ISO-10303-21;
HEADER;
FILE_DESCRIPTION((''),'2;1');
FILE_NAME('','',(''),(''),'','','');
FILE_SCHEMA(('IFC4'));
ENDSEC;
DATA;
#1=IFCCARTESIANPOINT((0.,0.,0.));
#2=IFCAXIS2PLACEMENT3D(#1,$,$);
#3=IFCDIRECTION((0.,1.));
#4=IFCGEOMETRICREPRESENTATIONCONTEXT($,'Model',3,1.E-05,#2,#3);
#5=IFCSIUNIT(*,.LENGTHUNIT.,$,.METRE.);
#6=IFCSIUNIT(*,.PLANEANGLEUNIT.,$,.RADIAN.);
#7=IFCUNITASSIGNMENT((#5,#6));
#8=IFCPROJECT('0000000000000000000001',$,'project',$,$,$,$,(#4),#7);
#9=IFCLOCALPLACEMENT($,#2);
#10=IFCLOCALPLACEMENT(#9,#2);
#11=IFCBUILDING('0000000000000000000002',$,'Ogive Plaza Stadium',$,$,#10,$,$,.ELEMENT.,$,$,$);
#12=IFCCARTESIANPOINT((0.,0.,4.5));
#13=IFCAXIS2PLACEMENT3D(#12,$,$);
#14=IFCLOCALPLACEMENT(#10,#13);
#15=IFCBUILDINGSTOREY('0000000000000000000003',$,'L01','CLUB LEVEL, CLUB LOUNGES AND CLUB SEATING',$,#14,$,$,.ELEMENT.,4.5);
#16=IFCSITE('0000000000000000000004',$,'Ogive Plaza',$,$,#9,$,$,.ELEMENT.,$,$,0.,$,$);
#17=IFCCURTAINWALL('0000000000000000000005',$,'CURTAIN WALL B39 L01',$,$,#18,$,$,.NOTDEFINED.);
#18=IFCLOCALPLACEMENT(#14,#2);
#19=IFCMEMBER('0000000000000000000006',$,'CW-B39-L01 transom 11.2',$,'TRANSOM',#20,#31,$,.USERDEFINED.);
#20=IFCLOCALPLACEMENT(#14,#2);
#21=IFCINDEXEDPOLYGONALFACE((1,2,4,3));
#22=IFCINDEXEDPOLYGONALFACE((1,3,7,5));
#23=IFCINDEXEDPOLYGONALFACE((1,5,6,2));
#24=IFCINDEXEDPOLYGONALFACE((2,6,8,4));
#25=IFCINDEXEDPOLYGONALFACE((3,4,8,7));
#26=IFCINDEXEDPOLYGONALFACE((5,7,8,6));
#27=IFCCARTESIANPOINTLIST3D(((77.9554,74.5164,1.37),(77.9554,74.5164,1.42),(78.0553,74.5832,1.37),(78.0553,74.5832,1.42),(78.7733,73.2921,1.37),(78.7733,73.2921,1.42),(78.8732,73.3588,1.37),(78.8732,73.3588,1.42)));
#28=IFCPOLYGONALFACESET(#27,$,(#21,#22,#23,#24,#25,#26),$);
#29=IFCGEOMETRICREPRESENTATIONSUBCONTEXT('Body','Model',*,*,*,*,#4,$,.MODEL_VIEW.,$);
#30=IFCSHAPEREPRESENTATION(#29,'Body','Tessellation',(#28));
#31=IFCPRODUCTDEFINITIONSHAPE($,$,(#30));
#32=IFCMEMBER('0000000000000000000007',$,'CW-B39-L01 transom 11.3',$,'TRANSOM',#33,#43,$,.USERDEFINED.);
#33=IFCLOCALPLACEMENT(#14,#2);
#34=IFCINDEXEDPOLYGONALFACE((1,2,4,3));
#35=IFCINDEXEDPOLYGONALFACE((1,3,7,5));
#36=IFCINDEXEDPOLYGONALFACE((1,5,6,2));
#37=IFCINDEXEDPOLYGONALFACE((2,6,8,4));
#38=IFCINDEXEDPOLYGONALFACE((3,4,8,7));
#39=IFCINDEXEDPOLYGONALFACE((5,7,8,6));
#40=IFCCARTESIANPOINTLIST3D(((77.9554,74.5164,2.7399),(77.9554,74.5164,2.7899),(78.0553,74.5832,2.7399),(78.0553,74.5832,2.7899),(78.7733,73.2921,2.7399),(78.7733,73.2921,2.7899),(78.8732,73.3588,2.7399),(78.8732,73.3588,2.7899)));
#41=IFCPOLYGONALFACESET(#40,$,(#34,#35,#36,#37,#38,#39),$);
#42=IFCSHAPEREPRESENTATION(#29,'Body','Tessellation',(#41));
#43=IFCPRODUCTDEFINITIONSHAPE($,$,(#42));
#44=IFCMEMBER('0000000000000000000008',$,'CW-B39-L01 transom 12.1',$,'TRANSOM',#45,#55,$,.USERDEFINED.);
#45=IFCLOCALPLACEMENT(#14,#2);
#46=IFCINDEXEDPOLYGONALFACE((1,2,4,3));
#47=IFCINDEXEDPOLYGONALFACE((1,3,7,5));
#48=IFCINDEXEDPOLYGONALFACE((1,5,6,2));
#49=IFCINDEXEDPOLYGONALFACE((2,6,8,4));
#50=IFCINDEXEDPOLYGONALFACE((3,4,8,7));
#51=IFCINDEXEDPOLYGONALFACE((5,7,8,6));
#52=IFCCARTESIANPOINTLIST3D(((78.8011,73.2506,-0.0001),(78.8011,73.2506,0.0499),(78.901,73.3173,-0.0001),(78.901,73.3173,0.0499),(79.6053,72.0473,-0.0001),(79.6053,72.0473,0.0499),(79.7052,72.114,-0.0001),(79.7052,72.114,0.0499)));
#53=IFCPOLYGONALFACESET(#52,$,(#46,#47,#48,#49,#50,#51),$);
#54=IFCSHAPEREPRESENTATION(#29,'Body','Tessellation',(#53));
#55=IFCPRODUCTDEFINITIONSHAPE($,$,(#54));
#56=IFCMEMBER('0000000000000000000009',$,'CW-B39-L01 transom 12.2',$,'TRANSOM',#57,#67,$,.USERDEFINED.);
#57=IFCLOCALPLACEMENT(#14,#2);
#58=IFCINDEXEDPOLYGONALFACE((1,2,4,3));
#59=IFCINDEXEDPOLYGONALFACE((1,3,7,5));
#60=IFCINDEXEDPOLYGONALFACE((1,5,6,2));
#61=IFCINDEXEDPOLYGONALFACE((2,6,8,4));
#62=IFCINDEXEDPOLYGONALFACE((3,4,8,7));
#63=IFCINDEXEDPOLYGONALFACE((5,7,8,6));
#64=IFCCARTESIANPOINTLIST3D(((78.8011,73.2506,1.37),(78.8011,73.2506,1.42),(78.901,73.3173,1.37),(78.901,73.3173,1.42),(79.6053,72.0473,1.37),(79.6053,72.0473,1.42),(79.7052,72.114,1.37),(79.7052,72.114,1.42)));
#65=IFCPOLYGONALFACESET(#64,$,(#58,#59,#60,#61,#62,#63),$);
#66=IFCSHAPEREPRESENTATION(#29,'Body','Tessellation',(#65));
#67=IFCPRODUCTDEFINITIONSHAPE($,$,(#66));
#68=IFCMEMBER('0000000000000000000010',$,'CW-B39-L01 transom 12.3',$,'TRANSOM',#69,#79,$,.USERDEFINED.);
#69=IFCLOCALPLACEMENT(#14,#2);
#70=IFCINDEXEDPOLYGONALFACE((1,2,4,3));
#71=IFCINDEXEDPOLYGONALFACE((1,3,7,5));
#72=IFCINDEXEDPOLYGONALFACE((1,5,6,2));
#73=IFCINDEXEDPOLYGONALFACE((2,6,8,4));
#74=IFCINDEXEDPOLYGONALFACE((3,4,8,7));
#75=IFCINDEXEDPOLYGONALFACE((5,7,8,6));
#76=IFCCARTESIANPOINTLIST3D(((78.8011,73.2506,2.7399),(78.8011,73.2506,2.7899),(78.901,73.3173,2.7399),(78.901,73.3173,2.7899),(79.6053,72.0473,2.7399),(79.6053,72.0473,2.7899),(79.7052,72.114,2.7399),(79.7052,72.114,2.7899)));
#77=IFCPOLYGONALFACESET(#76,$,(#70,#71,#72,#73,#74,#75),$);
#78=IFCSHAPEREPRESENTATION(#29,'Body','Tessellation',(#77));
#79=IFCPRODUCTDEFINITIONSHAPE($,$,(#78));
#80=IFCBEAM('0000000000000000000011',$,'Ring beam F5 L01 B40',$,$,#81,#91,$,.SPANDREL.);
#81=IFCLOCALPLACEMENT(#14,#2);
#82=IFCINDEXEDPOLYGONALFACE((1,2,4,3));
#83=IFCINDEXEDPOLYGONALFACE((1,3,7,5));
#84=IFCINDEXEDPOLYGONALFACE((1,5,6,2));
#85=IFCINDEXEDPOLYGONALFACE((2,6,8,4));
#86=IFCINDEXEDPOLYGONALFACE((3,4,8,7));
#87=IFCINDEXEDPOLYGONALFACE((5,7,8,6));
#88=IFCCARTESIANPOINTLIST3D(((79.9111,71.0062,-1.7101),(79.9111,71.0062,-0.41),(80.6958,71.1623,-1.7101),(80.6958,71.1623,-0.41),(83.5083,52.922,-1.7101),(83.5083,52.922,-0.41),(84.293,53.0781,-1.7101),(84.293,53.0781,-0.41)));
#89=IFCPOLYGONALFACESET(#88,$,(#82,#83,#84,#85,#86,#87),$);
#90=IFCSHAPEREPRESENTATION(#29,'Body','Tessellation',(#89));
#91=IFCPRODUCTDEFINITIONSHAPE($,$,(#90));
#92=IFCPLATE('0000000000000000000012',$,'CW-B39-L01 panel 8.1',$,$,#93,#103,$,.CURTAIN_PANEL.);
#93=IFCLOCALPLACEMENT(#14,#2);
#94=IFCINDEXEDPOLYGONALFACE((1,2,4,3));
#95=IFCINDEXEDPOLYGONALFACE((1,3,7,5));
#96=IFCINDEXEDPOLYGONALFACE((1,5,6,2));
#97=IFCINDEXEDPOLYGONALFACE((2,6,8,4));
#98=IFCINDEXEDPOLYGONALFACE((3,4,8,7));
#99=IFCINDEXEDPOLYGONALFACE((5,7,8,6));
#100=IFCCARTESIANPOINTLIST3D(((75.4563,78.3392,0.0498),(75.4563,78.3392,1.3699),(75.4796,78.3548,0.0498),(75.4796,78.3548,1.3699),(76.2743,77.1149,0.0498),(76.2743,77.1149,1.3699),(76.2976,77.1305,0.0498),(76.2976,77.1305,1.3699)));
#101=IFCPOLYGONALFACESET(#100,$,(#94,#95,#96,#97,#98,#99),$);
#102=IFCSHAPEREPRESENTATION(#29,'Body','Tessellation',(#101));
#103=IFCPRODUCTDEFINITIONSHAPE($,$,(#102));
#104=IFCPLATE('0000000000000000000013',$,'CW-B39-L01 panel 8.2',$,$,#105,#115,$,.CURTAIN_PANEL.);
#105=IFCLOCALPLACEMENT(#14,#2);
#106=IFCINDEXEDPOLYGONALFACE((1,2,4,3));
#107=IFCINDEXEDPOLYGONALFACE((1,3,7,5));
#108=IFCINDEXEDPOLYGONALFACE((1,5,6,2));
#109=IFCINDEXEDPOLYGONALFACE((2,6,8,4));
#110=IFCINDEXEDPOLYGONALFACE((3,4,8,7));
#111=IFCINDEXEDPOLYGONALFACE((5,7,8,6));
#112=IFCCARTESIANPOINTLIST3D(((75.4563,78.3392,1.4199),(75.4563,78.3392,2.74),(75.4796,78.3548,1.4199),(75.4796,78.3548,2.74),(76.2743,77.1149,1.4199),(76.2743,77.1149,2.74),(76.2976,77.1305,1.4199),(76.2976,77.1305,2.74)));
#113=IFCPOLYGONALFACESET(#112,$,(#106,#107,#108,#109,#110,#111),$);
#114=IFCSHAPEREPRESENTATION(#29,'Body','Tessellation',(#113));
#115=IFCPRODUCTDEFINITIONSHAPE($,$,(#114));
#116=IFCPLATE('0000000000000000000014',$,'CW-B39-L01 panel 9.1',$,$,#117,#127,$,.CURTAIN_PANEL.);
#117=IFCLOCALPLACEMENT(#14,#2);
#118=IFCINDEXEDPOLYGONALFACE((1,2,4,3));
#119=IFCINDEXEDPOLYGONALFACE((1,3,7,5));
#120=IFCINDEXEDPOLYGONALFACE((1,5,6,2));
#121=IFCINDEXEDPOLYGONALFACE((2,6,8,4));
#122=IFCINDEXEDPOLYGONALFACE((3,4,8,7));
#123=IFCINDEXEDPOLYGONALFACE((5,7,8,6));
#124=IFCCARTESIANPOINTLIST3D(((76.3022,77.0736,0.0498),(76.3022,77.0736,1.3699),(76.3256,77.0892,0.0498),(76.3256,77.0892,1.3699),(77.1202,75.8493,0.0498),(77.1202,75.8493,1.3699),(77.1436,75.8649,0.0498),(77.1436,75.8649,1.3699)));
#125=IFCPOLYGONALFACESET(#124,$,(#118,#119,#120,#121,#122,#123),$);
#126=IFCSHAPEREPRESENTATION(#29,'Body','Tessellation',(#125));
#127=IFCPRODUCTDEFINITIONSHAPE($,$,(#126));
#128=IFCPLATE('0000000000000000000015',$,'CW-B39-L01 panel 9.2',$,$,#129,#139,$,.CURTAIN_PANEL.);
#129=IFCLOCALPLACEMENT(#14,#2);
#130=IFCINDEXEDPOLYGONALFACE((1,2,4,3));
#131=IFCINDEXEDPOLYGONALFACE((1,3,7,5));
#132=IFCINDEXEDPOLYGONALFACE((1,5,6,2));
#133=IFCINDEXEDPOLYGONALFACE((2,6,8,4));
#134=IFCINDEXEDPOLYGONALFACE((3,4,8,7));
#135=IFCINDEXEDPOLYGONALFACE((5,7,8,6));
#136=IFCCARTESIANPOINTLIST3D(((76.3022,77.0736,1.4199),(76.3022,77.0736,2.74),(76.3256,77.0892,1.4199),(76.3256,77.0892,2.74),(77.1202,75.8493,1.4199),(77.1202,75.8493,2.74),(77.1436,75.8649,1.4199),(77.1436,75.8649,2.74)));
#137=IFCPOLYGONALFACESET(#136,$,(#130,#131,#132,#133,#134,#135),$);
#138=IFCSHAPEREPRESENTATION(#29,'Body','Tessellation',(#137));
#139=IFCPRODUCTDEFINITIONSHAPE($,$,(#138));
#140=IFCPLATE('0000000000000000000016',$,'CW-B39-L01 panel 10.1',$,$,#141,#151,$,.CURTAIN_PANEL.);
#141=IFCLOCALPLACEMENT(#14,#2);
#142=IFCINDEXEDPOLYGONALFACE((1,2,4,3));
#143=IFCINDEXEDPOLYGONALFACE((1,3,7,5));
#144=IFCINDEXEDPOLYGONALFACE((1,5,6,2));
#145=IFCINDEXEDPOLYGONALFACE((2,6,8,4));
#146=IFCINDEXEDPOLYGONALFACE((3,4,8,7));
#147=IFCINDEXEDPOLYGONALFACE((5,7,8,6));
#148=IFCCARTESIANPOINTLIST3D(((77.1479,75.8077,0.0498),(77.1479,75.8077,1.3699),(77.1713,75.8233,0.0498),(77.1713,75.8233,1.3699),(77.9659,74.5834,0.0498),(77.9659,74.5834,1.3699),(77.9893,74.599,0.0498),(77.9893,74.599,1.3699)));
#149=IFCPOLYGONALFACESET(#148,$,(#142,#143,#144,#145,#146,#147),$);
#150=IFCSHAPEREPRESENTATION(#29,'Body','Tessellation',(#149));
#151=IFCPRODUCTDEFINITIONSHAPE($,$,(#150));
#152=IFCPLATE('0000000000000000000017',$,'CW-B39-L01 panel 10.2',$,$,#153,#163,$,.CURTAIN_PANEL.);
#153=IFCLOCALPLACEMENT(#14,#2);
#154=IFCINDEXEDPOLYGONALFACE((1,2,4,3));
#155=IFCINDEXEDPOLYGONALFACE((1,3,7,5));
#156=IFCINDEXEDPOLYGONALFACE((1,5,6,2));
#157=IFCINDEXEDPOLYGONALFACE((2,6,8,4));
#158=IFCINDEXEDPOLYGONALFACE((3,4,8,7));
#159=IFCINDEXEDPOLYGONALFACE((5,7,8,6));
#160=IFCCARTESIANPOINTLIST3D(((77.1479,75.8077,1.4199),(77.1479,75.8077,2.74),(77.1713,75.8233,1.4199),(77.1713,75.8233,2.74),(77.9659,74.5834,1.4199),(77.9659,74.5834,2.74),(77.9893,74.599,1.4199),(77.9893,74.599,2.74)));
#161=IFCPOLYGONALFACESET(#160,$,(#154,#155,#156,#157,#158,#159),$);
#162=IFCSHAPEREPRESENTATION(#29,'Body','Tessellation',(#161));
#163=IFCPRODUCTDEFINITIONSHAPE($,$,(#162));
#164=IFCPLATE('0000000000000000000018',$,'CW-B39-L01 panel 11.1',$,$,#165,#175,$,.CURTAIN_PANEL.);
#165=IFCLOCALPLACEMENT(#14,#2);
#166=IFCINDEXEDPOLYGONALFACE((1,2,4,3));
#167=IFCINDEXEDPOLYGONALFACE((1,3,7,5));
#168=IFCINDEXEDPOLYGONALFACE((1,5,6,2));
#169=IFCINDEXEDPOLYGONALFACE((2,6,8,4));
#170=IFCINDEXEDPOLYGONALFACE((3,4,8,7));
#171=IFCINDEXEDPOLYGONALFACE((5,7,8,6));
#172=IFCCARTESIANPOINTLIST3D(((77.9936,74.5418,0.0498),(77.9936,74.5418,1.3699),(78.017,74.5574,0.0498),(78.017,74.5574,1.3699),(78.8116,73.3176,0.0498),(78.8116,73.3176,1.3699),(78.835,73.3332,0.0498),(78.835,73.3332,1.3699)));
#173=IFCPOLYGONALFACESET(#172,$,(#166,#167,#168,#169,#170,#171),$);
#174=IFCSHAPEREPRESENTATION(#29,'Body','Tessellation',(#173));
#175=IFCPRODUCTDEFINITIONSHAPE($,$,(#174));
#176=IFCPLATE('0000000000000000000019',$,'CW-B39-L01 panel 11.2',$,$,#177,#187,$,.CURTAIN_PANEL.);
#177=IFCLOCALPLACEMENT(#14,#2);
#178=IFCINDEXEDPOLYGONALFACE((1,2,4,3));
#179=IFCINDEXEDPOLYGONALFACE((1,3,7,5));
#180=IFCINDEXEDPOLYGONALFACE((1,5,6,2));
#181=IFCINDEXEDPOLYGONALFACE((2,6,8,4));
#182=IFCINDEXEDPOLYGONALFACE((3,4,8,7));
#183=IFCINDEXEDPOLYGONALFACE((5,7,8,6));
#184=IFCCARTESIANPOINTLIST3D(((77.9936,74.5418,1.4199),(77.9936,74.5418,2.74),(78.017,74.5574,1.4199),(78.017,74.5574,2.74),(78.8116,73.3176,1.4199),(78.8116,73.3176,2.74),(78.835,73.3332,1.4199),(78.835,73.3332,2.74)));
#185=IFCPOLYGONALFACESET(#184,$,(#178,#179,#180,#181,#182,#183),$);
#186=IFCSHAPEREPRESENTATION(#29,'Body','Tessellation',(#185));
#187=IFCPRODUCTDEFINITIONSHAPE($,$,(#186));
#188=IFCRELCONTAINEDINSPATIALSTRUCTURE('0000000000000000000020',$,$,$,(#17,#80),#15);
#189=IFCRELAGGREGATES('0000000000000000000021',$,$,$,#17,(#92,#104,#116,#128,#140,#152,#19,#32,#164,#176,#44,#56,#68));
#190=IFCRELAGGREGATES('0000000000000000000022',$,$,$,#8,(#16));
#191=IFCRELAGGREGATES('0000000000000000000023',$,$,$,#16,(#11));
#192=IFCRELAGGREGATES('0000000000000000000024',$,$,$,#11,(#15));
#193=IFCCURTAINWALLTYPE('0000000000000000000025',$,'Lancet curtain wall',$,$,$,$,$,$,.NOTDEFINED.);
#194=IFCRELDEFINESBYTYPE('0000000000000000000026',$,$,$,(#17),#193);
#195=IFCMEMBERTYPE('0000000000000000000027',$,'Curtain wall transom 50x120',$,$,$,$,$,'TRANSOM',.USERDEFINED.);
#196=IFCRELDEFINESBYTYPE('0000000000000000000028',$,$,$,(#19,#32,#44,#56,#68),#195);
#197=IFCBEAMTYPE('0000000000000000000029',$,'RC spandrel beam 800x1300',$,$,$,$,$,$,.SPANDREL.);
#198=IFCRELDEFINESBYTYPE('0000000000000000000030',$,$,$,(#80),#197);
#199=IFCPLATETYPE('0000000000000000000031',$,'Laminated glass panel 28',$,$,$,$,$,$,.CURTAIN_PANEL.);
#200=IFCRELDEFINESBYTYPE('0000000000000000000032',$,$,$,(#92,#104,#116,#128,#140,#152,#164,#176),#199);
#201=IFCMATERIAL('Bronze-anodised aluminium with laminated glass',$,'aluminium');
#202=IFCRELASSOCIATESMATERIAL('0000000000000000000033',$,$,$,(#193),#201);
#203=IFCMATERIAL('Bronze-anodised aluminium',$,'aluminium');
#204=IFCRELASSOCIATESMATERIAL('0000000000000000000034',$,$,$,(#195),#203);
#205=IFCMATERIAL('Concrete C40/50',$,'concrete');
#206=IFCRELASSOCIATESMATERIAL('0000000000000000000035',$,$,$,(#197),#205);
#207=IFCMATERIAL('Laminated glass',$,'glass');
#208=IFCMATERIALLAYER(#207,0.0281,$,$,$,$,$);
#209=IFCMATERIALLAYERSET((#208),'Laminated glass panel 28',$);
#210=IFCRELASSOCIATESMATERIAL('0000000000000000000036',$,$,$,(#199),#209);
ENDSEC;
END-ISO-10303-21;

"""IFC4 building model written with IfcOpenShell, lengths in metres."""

from ifc_helpers import new_model, si_unit, direction, frame, origin, origin_2d, place, context, subcontext, project, spatial, rectangle, extrude, material, layer, layer_set, material_profile, profile_set, type_object, element, aggregate, save


model = new_model("IFC4")

# Units and contexts
model_context = context("Model", 3, precision=1e-05, world=origin(), true_north=direction((0.0, 1.0)))
body_context = subcontext(model_context, "Body", "Model", "MODEL_VIEW")
ifc_project = project(units=[si_unit("LENGTHUNIT", "METRE"), si_unit("PLANEANGLEUNIT", "RADIAN")], contexts=[model_context])

# Site, building, storey
site_placement = place(None, origin())
site = spatial("IfcSite", under=ifc_project, at=site_placement, Name="Ogive Plaza", CompositionType="ELEMENT", RefElevation=0.0)
building_placement = place(site_placement, origin())
building = spatial("IfcBuilding", under=site, at=building_placement, Name="Ogive Plaza Stadium", CompositionType="ELEMENT")
storey_placement = place(building_placement, frame((0.0, 0.0, 4.5)))
storey = spatial("IfcBuildingStorey", under=building, at=storey_placement, Name="L01", Description="CLUB LEVEL, CLUB LOUNGES AND CLUB SEATING", CompositionType="ELEMENT", Elevation=4.5)

# Curtain wall, members
ifc_material_1 = material(Name="Bronze-anodised aluminium with laminated glass", Category="aluminium")
curtain_wall_type = type_object("IfcCurtainWallType", Name="Lancet curtain wall", PredefinedType="NOTDEFINED", material=ifc_material_1)
curtain_wall_placement = place(storey_placement, origin())
curtain_wall = element("IfcCurtainWall", 1, at=curtain_wall_placement, inside=storey, type_object=curtain_wall_type, Name="CURTAIN WALL B39 L01", PredefinedType="NOTDEFINED")
ifc_material_2 = material(Name="Bronze-anodised aluminium", Category="aluminium")
ifc_material_profile_1 = material_profile(ifc_material_2, rectangle(XDim=0.1201, YDim=0.05, at=origin_2d()), Name="AL 120x50")
ifc_profile_set_1 = profile_set([ifc_material_profile_1], Name="Bronze-anodised aluminium")
member_type_1 = type_object("IfcMemberType", Name="Curtain wall transom 50x120", ElementType="TRANSOM", PredefinedType="USERDEFINED", material=ifc_profile_set_1)
member_1_placement = place(storey_placement, frame((78.0054, 74.5498, 1.395), z_axis=(0.555465, -0.83154, 0.0), x_axis=(0.83154, 0.555465, 0.0)))
member_1 = element("IfcMember", 2, at=member_1_placement, type_object=member_type_1, Name="CW-B39-L01 transom 11.2", ObjectType="TRANSOM", PredefinedType="USERDEFINED", context=body_context, shape_type="SweptSolid", body=[
    extrude(rectangle(XDim=0.1201, YDim=0.05, at=origin_2d()), origin(), (0.0, 0.0, 1.0), 1.4724),
])
member_2_placement = place(storey_placement, frame((78.0054, 74.5498, 2.7649), z_axis=(0.555465, -0.83154, 0.0), x_axis=(0.83154, 0.555465, 0.0)))
member_2 = element("IfcMember", 3, at=member_2_placement, type_object=member_type_1, Name="CW-B39-L01 transom 11.3", ObjectType="TRANSOM", PredefinedType="USERDEFINED", context=body_context, shape_type="SweptSolid", body=[
    extrude(rectangle(XDim=0.1201, YDim=0.05, at=origin_2d()), origin(), (0.0, 0.0, 1.0), 1.4724),
])
member_3_placement = place(storey_placement, frame((78.8511, 73.2839, 0.0249), z_axis=(0.555634, -0.831427, 0.0), x_axis=(0.831427, 0.555634, 0.0)))
member_3 = element("IfcMember", 4, at=member_3_placement, type_object=member_type_1, Name="CW-B39-L01 transom 12.1", ObjectType="TRANSOM", PredefinedType="USERDEFINED", context=body_context, shape_type="SweptSolid", body=[
    extrude(rectangle(XDim=0.1201, YDim=0.05, at=origin_2d()), origin(), (0.0, 0.0, 1.0), 1.4473),
])
member_4_placement = place(storey_placement, frame((78.8511, 73.2839, 1.395), z_axis=(0.555634, -0.831427, 0.0), x_axis=(0.831427, 0.555634, 0.0)))
member_4 = element("IfcMember", 5, at=member_4_placement, type_object=member_type_1, Name="CW-B39-L01 transom 12.2", ObjectType="TRANSOM", PredefinedType="USERDEFINED", context=body_context, shape_type="SweptSolid", body=[
    extrude(rectangle(XDim=0.1201, YDim=0.05, at=origin_2d()), origin(), (0.0, 0.0, 1.0), 1.4473),
])
member_5_placement = place(storey_placement, frame((78.8511, 73.2839, 2.7649), z_axis=(0.555634, -0.831427, 0.0), x_axis=(0.831427, 0.555634, 0.0)))
member_5 = element("IfcMember", 6, at=member_5_placement, type_object=member_type_1, Name="CW-B39-L01 transom 12.3", ObjectType="TRANSOM", PredefinedType="USERDEFINED", context=body_context, shape_type="SweptSolid", body=[
    extrude(rectangle(XDim=0.1201, YDim=0.05, at=origin_2d()), origin(), (0.0, 0.0, 1.0), 1.4473),
])

# Beam
ifc_material_3 = material(Name="Concrete C40/50", Category="concrete")
ifc_material_profile_2 = material_profile(ifc_material_3, rectangle(XDim=0.8, YDim=1.3, at=origin_2d()), Name="RC 800x1300")
ifc_profile_set_2 = profile_set([ifc_material_profile_2], Name="Concrete C40/50")
beam_type = type_object("IfcBeamType", Name="RC spandrel beam 800x1300", PredefinedType="SPANDREL", material=ifc_profile_set_2)
beam_placement = place(storey_placement, frame((80.3035, 71.0842, -1.0601), z_axis=(0.19509, -0.980785, 0.0), x_axis=(0.980785, 0.19509, 0.0)))
element("IfcBeam", 7, at=beam_placement, inside=storey, type_object=beam_type, Name="Ring beam F5 L01 B40", PredefinedType="SPANDREL", context=body_context, shape_type="SweptSolid", body=[
    extrude(rectangle(XDim=0.8, YDim=1.3, at=origin_2d()), origin(), (0.0, 0.0, 1.0), 18.4385),
])

# Plates
ifc_material_4 = material(Name="Laminated glass", Category="glass")
ifc_layer_1 = layer(ifc_material_4, 0.0281)
ifc_layer_set_1 = layer_set([ifc_layer_1], Name="Laminated glass panel 28")
plate_type = type_object("IfcPlateType", Name="Laminated glass panel 28", PredefinedType="CURTAIN_PANEL", material=ifc_layer_set_1)
plate_1_placement = place(storey_placement, frame((75.877, 77.7349, 0.0498), z_axis=(0.0, 0.0, 1.0), x_axis=(0.55557, -0.83147, 0.0)))
plate_1 = element("IfcPlate", 8, at=plate_1_placement, type_object=plate_type, Name="CW-B39-L01 panel 8.1", PredefinedType="CURTAIN_PANEL", context=body_context, shape_type="SweptSolid", body=[
    extrude(rectangle(XDim=1.4724, YDim=0.0281, at=origin_2d()), origin(), (0.0, 0.0, 1.0), 1.3201),
])
plate_2_placement = place(storey_placement, frame((75.877, 77.7349, 1.4199), z_axis=(0.0, 0.0, 1.0), x_axis=(0.55557, -0.83147, 0.0)))
plate_2 = element("IfcPlate", 9, at=plate_2_placement, type_object=plate_type, Name="CW-B39-L01 panel 8.2", PredefinedType="CURTAIN_PANEL", context=body_context, shape_type="SweptSolid", body=[
    extrude(rectangle(XDim=1.4724, YDim=0.0281, at=origin_2d()), origin(), (0.0, 0.0, 1.0), 1.3201),
])
plate_3_placement = place(storey_placement, frame((76.7229, 76.4692, 0.0498), z_axis=(0.0, 0.0, 1.0), x_axis=(0.55557, -0.83147, 0.0)))
plate_3 = element("IfcPlate", 10, at=plate_3_placement, type_object=plate_type, Name="CW-B39-L01 panel 9.1", PredefinedType="CURTAIN_PANEL", context=body_context, shape_type="SweptSolid", body=[
    extrude(rectangle(XDim=1.4724, YDim=0.0281, at=origin_2d()), origin(), (0.0, 0.0, 1.0), 1.3201),
])
plate_4_placement = place(storey_placement, frame((76.7229, 76.4692, 1.4199), z_axis=(0.0, 0.0, 1.0), x_axis=(0.55557, -0.83147, 0.0)))
plate_4 = element("IfcPlate", 11, at=plate_4_placement, type_object=plate_type, Name="CW-B39-L01 panel 9.2", PredefinedType="CURTAIN_PANEL", context=body_context, shape_type="SweptSolid", body=[
    extrude(rectangle(XDim=1.4724, YDim=0.0281, at=origin_2d()), origin(), (0.0, 0.0, 1.0), 1.3201),
])
plate_5_placement = place(storey_placement, frame((77.5686, 75.2034, 0.0498), z_axis=(0.0, 0.0, 1.0), x_axis=(0.55557, -0.83147, 0.0)))
plate_5 = element("IfcPlate", 12, at=plate_5_placement, type_object=plate_type, Name="CW-B39-L01 panel 10.1", PredefinedType="CURTAIN_PANEL", context=body_context, shape_type="SweptSolid", body=[
    extrude(rectangle(XDim=1.4724, YDim=0.0281, at=origin_2d()), origin(), (0.0, 0.0, 1.0), 1.3201),
])
plate_6_placement = place(storey_placement, frame((77.5686, 75.2034, 1.4199), z_axis=(0.0, 0.0, 1.0), x_axis=(0.55557, -0.83147, 0.0)))
plate_6 = element("IfcPlate", 13, at=plate_6_placement, type_object=plate_type, Name="CW-B39-L01 panel 10.2", PredefinedType="CURTAIN_PANEL", context=body_context, shape_type="SweptSolid", body=[
    extrude(rectangle(XDim=1.4724, YDim=0.0281, at=origin_2d()), origin(), (0.0, 0.0, 1.0), 1.3201),
])
plate_7_placement = place(storey_placement, frame((78.4143, 73.9375, 0.0498), z_axis=(0.0, 0.0, 1.0), x_axis=(0.55557, -0.83147, 0.0)))
plate_7 = element("IfcPlate", 14, at=plate_7_placement, type_object=plate_type, Name="CW-B39-L01 panel 11.1", PredefinedType="CURTAIN_PANEL", context=body_context, shape_type="SweptSolid", body=[
    extrude(rectangle(XDim=1.4724, YDim=0.0281, at=origin_2d()), origin(), (0.0, 0.0, 1.0), 1.3201),
])
plate_8_placement = place(storey_placement, frame((78.4143, 73.9375, 1.4199), z_axis=(0.0, 0.0, 1.0), x_axis=(0.55557, -0.83147, 0.0)))
plate_8 = element("IfcPlate", 15, at=plate_8_placement, type_object=plate_type, Name="CW-B39-L01 panel 11.2", PredefinedType="CURTAIN_PANEL", context=body_context, shape_type="SweptSolid", body=[
    extrude(rectangle(XDim=1.4724, YDim=0.0281, at=origin_2d()), origin(), (0.0, 0.0, 1.0), 1.3201),
])
aggregate(curtain_wall, [plate_1, plate_2, plate_3, plate_4, plate_5, plate_6, member_1, member_2, plate_7, plate_8, member_3, member_4, member_5])

save(model, "model.ifc")
